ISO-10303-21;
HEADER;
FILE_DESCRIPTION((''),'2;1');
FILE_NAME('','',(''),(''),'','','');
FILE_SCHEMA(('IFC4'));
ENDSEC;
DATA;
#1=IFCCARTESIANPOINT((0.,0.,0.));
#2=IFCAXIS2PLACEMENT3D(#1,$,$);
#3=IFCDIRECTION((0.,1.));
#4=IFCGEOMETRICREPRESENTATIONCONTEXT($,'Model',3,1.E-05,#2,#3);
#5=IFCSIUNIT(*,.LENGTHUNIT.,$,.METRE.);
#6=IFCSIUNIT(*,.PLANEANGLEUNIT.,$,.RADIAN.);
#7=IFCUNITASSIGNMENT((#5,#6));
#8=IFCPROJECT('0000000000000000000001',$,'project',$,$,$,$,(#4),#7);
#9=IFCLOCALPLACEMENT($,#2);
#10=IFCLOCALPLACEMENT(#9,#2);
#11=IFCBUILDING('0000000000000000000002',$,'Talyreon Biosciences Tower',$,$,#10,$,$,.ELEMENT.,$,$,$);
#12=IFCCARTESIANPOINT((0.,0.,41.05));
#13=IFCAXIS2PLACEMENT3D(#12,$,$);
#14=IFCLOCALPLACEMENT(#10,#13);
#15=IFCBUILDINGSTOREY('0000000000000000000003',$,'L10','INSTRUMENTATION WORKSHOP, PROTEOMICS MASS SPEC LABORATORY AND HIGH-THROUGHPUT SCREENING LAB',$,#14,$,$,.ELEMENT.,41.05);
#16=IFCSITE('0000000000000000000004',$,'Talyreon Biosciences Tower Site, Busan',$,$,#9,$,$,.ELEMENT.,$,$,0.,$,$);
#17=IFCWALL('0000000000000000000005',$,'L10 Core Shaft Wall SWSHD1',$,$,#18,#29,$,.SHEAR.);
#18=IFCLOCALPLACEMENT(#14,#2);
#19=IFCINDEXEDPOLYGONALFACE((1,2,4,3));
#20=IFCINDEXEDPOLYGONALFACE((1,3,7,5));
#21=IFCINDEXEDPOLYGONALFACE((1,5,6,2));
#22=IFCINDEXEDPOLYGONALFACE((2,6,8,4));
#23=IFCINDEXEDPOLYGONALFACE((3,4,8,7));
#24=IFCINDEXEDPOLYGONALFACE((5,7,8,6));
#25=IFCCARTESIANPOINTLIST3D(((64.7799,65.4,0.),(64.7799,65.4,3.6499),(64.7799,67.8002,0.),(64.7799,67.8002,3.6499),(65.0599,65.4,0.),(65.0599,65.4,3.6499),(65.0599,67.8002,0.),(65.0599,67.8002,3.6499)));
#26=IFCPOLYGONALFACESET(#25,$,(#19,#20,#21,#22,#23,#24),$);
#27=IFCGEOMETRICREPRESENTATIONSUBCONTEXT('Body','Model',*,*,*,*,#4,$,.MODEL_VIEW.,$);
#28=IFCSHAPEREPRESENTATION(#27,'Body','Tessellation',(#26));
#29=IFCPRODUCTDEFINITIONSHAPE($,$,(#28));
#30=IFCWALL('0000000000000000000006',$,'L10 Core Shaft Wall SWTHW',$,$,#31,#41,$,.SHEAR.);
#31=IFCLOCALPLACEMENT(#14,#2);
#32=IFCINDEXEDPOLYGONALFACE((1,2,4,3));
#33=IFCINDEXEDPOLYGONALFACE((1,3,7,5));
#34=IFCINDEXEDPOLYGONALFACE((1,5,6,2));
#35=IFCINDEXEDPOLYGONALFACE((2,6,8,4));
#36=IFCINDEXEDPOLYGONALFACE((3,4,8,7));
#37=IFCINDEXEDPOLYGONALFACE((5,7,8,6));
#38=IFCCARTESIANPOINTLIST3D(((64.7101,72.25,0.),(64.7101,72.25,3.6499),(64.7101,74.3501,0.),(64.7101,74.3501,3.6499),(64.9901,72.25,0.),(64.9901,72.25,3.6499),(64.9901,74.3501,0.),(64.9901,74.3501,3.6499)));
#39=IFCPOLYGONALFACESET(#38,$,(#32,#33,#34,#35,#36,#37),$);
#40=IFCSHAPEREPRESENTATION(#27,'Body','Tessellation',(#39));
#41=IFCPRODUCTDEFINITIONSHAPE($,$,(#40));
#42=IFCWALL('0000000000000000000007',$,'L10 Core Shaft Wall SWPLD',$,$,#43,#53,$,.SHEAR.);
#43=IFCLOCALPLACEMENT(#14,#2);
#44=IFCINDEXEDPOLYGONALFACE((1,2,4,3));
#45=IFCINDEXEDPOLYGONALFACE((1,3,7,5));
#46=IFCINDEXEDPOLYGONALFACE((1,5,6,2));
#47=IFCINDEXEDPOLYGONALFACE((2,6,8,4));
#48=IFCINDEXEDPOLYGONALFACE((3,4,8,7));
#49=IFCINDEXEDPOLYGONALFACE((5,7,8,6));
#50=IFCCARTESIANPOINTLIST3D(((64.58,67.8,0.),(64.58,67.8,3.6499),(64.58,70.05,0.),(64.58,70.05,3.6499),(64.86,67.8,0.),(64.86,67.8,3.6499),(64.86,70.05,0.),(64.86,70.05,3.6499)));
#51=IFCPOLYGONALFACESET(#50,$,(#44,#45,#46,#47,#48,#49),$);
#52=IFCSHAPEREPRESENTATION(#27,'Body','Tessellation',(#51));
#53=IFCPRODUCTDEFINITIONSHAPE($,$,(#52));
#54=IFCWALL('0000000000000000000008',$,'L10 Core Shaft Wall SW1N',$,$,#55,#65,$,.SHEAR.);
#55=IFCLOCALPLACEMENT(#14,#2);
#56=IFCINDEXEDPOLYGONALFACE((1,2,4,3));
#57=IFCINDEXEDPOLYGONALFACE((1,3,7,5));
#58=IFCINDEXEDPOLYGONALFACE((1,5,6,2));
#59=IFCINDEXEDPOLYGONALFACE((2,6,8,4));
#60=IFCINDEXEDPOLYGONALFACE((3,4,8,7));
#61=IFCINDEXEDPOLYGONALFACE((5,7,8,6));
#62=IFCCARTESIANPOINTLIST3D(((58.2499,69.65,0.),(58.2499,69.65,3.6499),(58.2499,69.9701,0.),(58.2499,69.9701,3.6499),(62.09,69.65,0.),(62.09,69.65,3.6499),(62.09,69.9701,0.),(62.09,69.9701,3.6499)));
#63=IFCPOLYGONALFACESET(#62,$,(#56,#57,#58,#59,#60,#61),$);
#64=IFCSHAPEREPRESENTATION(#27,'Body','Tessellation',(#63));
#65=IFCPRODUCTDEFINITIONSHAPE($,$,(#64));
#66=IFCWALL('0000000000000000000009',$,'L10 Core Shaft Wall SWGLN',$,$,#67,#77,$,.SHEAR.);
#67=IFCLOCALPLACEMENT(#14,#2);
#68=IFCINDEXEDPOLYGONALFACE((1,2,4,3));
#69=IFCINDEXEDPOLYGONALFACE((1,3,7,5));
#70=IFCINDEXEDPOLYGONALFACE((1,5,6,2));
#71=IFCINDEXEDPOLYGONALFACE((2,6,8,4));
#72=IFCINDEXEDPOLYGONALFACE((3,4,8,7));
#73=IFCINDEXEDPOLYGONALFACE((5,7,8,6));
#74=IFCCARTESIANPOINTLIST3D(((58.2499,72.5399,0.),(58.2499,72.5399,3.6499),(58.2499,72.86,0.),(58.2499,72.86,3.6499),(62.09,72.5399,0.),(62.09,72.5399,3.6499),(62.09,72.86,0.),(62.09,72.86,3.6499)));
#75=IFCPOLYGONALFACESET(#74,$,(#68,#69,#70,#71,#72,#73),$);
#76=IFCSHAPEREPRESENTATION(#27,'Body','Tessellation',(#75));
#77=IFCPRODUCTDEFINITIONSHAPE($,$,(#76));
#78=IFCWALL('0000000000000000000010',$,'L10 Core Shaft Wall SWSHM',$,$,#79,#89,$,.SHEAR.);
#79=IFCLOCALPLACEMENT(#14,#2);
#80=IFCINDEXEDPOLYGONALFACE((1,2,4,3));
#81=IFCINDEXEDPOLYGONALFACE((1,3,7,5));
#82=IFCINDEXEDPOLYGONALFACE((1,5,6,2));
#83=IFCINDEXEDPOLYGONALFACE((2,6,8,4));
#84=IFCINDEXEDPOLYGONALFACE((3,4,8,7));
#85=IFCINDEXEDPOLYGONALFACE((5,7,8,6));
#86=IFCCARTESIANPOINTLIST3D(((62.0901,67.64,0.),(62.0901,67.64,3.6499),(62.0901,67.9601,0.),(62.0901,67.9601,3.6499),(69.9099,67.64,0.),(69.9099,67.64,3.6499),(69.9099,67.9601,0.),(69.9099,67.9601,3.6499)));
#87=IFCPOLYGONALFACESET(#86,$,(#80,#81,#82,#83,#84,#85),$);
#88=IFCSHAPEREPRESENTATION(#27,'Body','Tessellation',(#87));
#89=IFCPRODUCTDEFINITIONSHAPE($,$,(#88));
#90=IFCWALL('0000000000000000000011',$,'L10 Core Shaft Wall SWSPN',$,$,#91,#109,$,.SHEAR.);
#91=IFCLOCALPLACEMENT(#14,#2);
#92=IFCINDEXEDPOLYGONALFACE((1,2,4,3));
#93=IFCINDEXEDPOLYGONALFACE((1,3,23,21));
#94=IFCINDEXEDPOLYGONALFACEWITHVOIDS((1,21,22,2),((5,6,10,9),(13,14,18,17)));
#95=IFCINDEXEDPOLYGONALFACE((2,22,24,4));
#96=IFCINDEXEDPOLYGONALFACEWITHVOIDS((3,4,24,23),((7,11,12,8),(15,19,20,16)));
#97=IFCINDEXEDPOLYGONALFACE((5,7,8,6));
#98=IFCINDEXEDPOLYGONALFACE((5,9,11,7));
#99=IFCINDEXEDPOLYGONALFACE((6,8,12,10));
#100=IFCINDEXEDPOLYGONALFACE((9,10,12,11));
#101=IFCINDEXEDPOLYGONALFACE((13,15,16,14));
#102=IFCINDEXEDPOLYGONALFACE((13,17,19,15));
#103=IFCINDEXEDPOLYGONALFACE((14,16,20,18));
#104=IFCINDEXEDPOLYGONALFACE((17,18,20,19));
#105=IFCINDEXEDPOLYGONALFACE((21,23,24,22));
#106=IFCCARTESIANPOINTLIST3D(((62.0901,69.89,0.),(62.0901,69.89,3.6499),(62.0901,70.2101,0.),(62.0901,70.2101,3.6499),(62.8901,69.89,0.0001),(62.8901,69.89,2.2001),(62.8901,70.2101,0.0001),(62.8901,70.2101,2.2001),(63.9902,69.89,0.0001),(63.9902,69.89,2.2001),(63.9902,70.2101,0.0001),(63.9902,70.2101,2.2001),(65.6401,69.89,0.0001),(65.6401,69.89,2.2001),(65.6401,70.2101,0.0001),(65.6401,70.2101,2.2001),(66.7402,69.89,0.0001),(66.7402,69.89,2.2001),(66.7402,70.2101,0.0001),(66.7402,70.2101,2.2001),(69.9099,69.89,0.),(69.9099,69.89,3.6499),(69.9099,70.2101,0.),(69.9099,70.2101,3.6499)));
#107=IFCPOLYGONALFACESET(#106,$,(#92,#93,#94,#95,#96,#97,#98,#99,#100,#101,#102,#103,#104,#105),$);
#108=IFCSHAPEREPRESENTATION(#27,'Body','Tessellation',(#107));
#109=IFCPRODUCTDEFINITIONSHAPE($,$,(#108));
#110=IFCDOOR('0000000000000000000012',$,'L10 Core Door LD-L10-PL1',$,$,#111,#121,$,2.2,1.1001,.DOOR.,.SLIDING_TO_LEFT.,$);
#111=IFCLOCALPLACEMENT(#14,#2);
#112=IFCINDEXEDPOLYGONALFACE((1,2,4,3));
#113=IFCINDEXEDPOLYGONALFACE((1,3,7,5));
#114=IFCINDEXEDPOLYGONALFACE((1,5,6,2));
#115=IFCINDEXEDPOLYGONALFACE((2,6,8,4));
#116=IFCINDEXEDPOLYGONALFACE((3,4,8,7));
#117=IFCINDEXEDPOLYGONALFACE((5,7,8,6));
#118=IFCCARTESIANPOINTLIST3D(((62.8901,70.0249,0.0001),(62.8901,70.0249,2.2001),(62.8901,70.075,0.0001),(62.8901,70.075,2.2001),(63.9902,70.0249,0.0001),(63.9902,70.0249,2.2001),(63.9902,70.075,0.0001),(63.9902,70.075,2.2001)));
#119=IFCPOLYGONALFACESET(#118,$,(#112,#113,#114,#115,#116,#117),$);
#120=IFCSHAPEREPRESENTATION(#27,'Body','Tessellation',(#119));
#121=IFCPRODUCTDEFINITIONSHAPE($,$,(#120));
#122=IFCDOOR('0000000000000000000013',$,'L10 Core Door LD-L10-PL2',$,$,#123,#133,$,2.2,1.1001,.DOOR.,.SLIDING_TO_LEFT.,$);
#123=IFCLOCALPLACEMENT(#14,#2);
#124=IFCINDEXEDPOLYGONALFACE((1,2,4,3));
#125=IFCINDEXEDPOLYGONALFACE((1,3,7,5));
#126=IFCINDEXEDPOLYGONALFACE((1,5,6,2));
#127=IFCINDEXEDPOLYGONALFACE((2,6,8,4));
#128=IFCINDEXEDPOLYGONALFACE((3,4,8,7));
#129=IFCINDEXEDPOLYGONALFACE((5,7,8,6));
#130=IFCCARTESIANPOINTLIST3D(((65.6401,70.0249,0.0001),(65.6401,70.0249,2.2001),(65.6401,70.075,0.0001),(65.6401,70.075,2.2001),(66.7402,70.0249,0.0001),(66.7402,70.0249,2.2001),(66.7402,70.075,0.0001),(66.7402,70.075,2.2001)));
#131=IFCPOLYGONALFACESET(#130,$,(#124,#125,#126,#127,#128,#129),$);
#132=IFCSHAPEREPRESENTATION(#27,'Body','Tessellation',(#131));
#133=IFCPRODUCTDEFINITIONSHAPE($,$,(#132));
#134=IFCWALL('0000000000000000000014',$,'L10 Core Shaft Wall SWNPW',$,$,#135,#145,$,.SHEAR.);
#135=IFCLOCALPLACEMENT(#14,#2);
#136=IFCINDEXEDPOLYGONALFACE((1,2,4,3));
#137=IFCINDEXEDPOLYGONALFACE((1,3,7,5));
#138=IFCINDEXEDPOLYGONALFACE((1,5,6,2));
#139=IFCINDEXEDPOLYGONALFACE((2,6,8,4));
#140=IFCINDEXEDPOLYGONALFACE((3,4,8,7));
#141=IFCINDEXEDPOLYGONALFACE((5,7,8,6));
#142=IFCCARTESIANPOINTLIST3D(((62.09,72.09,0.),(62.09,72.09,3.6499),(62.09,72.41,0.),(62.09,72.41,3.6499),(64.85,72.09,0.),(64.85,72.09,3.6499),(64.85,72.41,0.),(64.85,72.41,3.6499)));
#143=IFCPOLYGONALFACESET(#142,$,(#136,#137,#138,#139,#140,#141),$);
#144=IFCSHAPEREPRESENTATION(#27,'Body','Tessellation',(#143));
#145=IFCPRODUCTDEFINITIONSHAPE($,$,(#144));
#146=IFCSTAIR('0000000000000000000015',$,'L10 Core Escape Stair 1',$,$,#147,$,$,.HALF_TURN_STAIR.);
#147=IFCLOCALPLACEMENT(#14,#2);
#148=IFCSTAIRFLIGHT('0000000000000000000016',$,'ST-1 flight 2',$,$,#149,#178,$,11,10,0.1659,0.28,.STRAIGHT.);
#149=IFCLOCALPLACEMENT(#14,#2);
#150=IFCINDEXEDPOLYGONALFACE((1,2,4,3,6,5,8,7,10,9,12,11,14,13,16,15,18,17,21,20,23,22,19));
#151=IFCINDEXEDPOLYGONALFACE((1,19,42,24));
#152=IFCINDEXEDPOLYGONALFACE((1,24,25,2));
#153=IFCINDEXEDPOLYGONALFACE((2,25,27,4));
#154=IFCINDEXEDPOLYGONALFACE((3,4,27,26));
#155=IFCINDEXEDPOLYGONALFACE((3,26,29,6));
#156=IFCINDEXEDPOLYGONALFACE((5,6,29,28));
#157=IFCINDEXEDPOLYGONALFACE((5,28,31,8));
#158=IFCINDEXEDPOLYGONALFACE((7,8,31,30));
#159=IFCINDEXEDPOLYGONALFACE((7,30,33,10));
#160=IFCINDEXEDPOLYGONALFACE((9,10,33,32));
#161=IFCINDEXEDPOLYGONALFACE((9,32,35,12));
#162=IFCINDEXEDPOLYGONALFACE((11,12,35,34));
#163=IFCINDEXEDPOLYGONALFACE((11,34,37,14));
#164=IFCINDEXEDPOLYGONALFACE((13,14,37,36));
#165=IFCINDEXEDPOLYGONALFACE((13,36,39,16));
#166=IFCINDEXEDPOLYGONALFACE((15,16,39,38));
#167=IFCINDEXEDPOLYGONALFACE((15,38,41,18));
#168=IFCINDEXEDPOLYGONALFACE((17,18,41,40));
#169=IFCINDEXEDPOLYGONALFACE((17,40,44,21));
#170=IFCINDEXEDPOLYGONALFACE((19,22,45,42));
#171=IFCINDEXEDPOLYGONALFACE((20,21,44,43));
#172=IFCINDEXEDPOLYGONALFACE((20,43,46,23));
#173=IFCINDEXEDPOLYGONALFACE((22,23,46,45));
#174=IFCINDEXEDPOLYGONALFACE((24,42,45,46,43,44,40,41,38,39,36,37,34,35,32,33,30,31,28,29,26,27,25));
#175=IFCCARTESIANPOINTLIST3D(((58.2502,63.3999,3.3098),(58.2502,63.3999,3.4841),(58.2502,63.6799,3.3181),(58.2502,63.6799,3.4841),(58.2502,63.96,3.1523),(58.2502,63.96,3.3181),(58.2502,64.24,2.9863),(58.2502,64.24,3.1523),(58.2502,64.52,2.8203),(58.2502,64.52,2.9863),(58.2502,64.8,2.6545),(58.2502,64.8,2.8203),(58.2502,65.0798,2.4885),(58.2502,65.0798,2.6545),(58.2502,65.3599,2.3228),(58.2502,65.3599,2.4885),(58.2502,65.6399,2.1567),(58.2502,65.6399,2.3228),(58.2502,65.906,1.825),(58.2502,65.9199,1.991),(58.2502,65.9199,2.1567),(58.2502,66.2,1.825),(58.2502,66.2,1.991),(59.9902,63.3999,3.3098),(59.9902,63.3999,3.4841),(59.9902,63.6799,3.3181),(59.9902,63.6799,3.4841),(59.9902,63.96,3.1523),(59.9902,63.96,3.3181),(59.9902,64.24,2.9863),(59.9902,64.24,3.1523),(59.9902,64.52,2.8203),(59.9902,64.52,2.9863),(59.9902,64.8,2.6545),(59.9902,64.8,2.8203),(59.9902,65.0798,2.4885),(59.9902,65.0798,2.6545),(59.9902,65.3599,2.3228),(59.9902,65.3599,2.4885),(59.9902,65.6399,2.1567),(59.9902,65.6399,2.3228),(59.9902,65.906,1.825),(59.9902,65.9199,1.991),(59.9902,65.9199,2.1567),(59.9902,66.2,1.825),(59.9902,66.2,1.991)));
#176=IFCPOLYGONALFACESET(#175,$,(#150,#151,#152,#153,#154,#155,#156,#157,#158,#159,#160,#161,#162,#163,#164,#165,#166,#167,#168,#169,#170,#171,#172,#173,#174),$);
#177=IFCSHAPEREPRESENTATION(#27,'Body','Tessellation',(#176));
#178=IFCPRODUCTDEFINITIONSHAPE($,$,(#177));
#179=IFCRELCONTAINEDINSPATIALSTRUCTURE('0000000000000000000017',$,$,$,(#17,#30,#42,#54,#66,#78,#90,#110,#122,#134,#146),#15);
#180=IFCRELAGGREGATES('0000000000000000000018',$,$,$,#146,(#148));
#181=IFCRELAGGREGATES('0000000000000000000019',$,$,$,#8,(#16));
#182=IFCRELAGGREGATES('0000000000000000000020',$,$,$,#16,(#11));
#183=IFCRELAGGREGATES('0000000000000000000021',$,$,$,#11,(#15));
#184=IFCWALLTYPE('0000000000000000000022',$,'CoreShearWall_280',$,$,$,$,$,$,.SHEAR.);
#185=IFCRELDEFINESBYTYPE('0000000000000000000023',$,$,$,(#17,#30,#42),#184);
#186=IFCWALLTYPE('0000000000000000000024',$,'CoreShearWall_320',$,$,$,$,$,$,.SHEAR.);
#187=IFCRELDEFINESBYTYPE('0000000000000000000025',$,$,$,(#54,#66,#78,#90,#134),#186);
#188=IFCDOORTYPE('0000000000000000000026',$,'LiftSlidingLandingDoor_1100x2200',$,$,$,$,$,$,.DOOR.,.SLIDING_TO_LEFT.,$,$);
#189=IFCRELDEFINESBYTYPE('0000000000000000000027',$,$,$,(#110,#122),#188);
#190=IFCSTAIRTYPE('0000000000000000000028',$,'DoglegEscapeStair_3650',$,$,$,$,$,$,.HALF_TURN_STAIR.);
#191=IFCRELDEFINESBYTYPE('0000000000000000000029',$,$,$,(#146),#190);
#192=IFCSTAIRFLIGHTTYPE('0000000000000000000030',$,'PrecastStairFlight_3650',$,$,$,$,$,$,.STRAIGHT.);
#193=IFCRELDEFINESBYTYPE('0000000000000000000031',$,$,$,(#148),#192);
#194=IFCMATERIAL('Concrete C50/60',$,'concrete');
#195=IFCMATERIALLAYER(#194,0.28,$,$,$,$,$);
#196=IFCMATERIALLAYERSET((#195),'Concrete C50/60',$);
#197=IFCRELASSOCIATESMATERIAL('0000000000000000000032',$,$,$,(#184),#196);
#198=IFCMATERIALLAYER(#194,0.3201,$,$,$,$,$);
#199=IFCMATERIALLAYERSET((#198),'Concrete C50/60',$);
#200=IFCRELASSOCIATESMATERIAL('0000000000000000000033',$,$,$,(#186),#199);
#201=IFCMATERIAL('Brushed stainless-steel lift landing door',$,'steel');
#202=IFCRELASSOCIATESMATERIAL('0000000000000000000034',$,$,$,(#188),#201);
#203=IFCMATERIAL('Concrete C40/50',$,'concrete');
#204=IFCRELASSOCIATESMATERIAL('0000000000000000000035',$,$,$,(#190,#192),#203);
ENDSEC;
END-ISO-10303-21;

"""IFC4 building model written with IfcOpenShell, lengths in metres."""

from ifc_helpers import new_model, si_unit, direction, frame, frame_2d, origin, place, context, subcontext, project, spatial, polyline, rectangle, outline, extrude, material, layer, layer_set, type_object, element, fill, aggregate, save


model = new_model("IFC4")

# Units and contexts
model_context = context("Model", 3, precision=1e-05, world=origin(), true_north=direction((0.0, 1.0)))
body_context = subcontext(model_context, "Body", "Model", "MODEL_VIEW")
ifc_project = project(units=[si_unit("LENGTHUNIT", "METRE"), si_unit("PLANEANGLEUNIT", "RADIAN")], contexts=[model_context])

# Site, building, storey
site_placement = place(None, origin())
site = spatial("IfcSite", under=ifc_project, at=site_placement, Name="Talyreon Biosciences Tower Site, Busan", CompositionType="ELEMENT", RefElevation=0.0)
building_placement = place(site_placement, origin())
building = spatial("IfcBuilding", under=site, at=building_placement, Name="Talyreon Biosciences Tower", CompositionType="ELEMENT")
storey_placement = place(building_placement, frame((0.0, 0.0, 41.05)))
storey = spatial("IfcBuildingStorey", under=building, at=storey_placement, Name="L10", Description="INSTRUMENTATION WORKSHOP, PROTEOMICS MASS SPEC LABORATORY AND HIGH-THROUGHPUT SCREENING LAB", CompositionType="ELEMENT", Elevation=41.05)

# Walls
ifc_material_1 = material(Name="Concrete C50/60", Category="concrete")
ifc_layer_1 = layer(ifc_material_1, 0.28)
ifc_layer_set_1 = layer_set([ifc_layer_1], Name="Concrete C50/60")
wall_type_1 = type_object("IfcWallType", Name="CoreShearWall_280", PredefinedType="SHEAR", material=ifc_layer_set_1)
wall_1_placement = place(storey_placement, frame((64.9199, 65.3999, 0.0), z_axis=(0.0, 0.0, 1.0), x_axis=(0.0, 1.0, 0.0)))
element("IfcWall", 1, at=wall_1_placement, inside=storey, type_object=wall_type_1, Name="L10 Core Shaft Wall SWSHD1", PredefinedType="SHEAR", context=body_context, shape_type="SweptSolid", body=[
    extrude(rectangle(XDim=2.4001, YDim=0.28, at=frame_2d((1.2002, 0.0))), origin(), (0.0, 0.0, 1.0), 3.6499),
])
wall_2_placement = place(storey_placement, frame((64.8501, 72.25, 0.0), z_axis=(0.0, 0.0, 1.0), x_axis=(0.0, 1.0, 0.0)))
element("IfcWall", 2, at=wall_2_placement, inside=storey, type_object=wall_type_1, Name="L10 Core Shaft Wall SWTHW", PredefinedType="SHEAR", context=body_context, shape_type="SweptSolid", body=[
    extrude(rectangle(XDim=2.1001, YDim=0.28, at=frame_2d((1.05, 0.0))), origin(), (0.0, 0.0, 1.0), 3.6499),
])
wall_3_placement = place(storey_placement, frame((64.72, 67.8, 0.0), z_axis=(0.0, 0.0, 1.0), x_axis=(0.0, 1.0, 0.0)))
element("IfcWall", 3, at=wall_3_placement, inside=storey, type_object=wall_type_1, Name="L10 Core Shaft Wall SWPLD", PredefinedType="SHEAR", context=body_context, shape_type="SweptSolid", body=[
    extrude(rectangle(XDim=2.25, YDim=0.28, at=frame_2d((1.125, 0.0))), origin(), (0.0, 0.0, 1.0), 3.6499),
])
ifc_layer_2 = layer(ifc_material_1, 0.3201)
ifc_layer_set_2 = layer_set([ifc_layer_2], Name="Concrete C50/60")
wall_type_2 = type_object("IfcWallType", Name="CoreShearWall_320", PredefinedType="SHEAR", material=ifc_layer_set_2)
for number, where, z_axis, x_axis, name in (
    (4, (58.25, 69.8101, 0.0), (0.0, 0.0, 1.0), (1.0, 0.0, 0.0), "L10 Core Shaft Wall SW1N"),
    (5, (58.25, 72.7, 0.0), (0.0, 0.0, 1.0), (1.0, 0.0, 0.0), "L10 Core Shaft Wall SWGLN"),
):
    element("IfcWall", number, at=place(storey_placement, frame(where, z_axis=z_axis, x_axis=x_axis)), inside=storey, type_object=wall_type_2, Name=name, PredefinedType="SHEAR", context=body_context, shape_type="SweptSolid", body=[
        extrude(rectangle(XDim=3.8401, YDim=0.3201, at=frame_2d((1.9199, 0.0))), origin(), (0.0, 0.0, 1.0), 3.6499),
    ])
wall_4_placement = place(storey_placement, frame((62.0901, 67.8, 0.0), z_axis=(0.0, 0.0, 1.0), x_axis=(1.0, 0.0, 0.0)))
element("IfcWall", 6, at=wall_4_placement, inside=storey, type_object=wall_type_2, Name="L10 Core Shaft Wall SWSHM", PredefinedType="SHEAR", context=body_context, shape_type="SweptSolid", body=[
    extrude(rectangle(XDim=7.8198, YDim=0.3201, at=frame_2d((3.9099, 0.0))), origin(), (0.0, 0.0, 1.0), 3.6499),
])

# Wall, openings, doors
wall_5_placement = place(storey_placement, frame((62.0901, 70.05, 0.0), z_axis=(0.0, 0.0, 1.0), x_axis=(1.0, 0.0, 0.0)))
wall_5 = element("IfcWall", 7, at=wall_5_placement, inside=storey, type_object=wall_type_2, Name="L10 Core Shaft Wall SWSPN", PredefinedType="SHEAR", context=body_context, shape_type="SweptSolid", body=[
    extrude(rectangle(XDim=7.8198, YDim=0.3201, at=frame_2d((3.9099, 0.0))), origin(), (0.0, 0.0, 1.0), 3.6499),
])
opening_1_placement = place(wall_5_placement, frame((0.8, 0.0, 0.0)))
opening_1 = element("IfcOpeningElement", 8, at=opening_1_placement, cuts=wall_5, PredefinedType="OPENING", context=body_context, shape_type="SweptSolid", body=[
    extrude(rectangle(XDim=1.1001, YDim=2.2, at=frame_2d((0.55, 1.1001))), frame((0.0, 0.1699, 0.0), z_axis=(0.0, -1.0, 0.0), x_axis=(1.0, 0.0, 0.0)), (0.0, 0.0, 1.0), 0.3401),
])
opening_2_placement = place(wall_5_placement, frame((3.55, 0.0, 0.0)))
opening_2 = element("IfcOpeningElement", 9, at=opening_2_placement, cuts=wall_5, PredefinedType="OPENING", context=body_context, shape_type="SweptSolid", body=[
    extrude(rectangle(XDim=1.1001, YDim=2.2, at=frame_2d((0.55, 1.1001))), frame((0.0, 0.1699, 0.0), z_axis=(0.0, -1.0, 0.0), x_axis=(1.0, 0.0, 0.0)), (0.0, 0.0, 1.0), 0.3401),
])
ifc_material_2 = material(Name="Brushed stainless-steel lift landing door", Category="steel")
door_type = type_object("IfcDoorType", Name="LiftSlidingLandingDoor_1100x2200", OperationType="SLIDING_TO_LEFT", PredefinedType="DOOR", material=ifc_material_2)
door_1_placement = place(opening_1_placement, origin())
door_1 = element("IfcDoor", 10, at=door_1_placement, inside=storey, type_object=door_type, Name="L10 Core Door LD-L10-PL1", OperationType="SLIDING_TO_LEFT", OverallHeight=2.2, OverallWidth=1.1001, PredefinedType="DOOR", context=body_context, shape_type="SweptSolid", body=[
    extrude(rectangle(XDim=1.1001, YDim=2.2, at=frame_2d((0.55, 1.1001))), frame((0.0, 0.0249, 0.0), z_axis=(0.0, -1.0, 0.0), x_axis=(1.0, 0.0, 0.0)), (0.0, 0.0, 1.0), 0.05),
])
fill(opening_1, door_1)
door_2_placement = place(opening_2_placement, origin())
door_2 = element("IfcDoor", 11, at=door_2_placement, inside=storey, type_object=door_type, Name="L10 Core Door LD-L10-PL2", OperationType="SLIDING_TO_LEFT", OverallHeight=2.2, OverallWidth=1.1001, PredefinedType="DOOR", context=body_context, shape_type="SweptSolid", body=[
    extrude(rectangle(XDim=1.1001, YDim=2.2, at=frame_2d((0.55, 1.1001))), frame((0.0, 0.0249, 0.0), z_axis=(0.0, -1.0, 0.0), x_axis=(1.0, 0.0, 0.0)), (0.0, 0.0, 1.0), 0.05),
])
fill(opening_2, door_2)

# Wall
wall_6_placement = place(storey_placement, frame((62.0901, 72.25, 0.0), z_axis=(0.0, 0.0, 1.0), x_axis=(1.0, 0.0, 0.0)))
element("IfcWall", 12, at=wall_6_placement, inside=storey, type_object=wall_type_2, Name="L10 Core Shaft Wall SWNPW", PredefinedType="SHEAR", context=body_context, shape_type="SweptSolid", body=[
    extrude(rectangle(XDim=2.76, YDim=0.3201, at=frame_2d((1.3799, 0.0))), origin(), (0.0, 0.0, 1.0), 3.6499),
])

# Stair, stair flight
ifc_material_3 = material(Name="Concrete C40/50", Category="concrete")
stair_type = type_object("IfcStairType", Name="DoglegEscapeStair_3650", PredefinedType="HALF_TURN_STAIR", material=ifc_material_3)
stair_placement = place(storey_placement, origin())
stair = element("IfcStair", 13, at=stair_placement, inside=storey, type_object=stair_type, Name="L10 Core Escape Stair 1", PredefinedType="HALF_TURN_STAIR")
stair_flight_type = type_object("IfcStairFlightType", Name="PrecastStairFlight_3650", PredefinedType="STRAIGHT", material=ifc_material_3)
stair_flight_placement = place(storey_placement, frame((59.1201, 66.2, 1.825), z_axis=(0.0, 0.0, 1.0), x_axis=(0.0, -1.0, 0.0)))
stair_flight = element("IfcStairFlight", 14, at=stair_flight_placement, type_object=stair_flight_type, Name="ST-1 flight 2", NumberOfRisers=11, NumberOfTreads=10, PredefinedType="STRAIGHT", RiserHeight=0.1659, TreadLength=0.28, context=body_context, shape_type="SweptSolid", body=[
    extrude(outline(polyline([(0.0, 0.0), (0.0, 0.166), (0.28, 0.166), (0.28, 0.3318), (0.5601, 0.3318), (0.5601, 0.4978), (0.8401, 0.4978), (0.8401, 0.6636), (1.1201, 0.6636), (1.1201, 0.8296), (1.3999, 0.8296), (1.3999, 0.9954), (1.6799, 0.9954), (1.6799, 1.1614), (1.96, 1.1614), (1.96, 1.3274), (2.24, 1.3274), (2.24, 1.4932), (2.52, 1.4932), (2.52, 1.6592), (2.8, 1.6592), (2.8, 1.825), (2.8, 1.4849), (0.2939, 0.0), (0.0, 0.0)])), frame((0.0, 0.8701, 0.0), z_axis=(0.0, -1.0, 0.0), x_axis=(1.0, 0.0, 0.0)), (0.0, 0.0, 1.0), 1.74),
])
aggregate(stair, [stair_flight])

save(model, "model.ifc")
